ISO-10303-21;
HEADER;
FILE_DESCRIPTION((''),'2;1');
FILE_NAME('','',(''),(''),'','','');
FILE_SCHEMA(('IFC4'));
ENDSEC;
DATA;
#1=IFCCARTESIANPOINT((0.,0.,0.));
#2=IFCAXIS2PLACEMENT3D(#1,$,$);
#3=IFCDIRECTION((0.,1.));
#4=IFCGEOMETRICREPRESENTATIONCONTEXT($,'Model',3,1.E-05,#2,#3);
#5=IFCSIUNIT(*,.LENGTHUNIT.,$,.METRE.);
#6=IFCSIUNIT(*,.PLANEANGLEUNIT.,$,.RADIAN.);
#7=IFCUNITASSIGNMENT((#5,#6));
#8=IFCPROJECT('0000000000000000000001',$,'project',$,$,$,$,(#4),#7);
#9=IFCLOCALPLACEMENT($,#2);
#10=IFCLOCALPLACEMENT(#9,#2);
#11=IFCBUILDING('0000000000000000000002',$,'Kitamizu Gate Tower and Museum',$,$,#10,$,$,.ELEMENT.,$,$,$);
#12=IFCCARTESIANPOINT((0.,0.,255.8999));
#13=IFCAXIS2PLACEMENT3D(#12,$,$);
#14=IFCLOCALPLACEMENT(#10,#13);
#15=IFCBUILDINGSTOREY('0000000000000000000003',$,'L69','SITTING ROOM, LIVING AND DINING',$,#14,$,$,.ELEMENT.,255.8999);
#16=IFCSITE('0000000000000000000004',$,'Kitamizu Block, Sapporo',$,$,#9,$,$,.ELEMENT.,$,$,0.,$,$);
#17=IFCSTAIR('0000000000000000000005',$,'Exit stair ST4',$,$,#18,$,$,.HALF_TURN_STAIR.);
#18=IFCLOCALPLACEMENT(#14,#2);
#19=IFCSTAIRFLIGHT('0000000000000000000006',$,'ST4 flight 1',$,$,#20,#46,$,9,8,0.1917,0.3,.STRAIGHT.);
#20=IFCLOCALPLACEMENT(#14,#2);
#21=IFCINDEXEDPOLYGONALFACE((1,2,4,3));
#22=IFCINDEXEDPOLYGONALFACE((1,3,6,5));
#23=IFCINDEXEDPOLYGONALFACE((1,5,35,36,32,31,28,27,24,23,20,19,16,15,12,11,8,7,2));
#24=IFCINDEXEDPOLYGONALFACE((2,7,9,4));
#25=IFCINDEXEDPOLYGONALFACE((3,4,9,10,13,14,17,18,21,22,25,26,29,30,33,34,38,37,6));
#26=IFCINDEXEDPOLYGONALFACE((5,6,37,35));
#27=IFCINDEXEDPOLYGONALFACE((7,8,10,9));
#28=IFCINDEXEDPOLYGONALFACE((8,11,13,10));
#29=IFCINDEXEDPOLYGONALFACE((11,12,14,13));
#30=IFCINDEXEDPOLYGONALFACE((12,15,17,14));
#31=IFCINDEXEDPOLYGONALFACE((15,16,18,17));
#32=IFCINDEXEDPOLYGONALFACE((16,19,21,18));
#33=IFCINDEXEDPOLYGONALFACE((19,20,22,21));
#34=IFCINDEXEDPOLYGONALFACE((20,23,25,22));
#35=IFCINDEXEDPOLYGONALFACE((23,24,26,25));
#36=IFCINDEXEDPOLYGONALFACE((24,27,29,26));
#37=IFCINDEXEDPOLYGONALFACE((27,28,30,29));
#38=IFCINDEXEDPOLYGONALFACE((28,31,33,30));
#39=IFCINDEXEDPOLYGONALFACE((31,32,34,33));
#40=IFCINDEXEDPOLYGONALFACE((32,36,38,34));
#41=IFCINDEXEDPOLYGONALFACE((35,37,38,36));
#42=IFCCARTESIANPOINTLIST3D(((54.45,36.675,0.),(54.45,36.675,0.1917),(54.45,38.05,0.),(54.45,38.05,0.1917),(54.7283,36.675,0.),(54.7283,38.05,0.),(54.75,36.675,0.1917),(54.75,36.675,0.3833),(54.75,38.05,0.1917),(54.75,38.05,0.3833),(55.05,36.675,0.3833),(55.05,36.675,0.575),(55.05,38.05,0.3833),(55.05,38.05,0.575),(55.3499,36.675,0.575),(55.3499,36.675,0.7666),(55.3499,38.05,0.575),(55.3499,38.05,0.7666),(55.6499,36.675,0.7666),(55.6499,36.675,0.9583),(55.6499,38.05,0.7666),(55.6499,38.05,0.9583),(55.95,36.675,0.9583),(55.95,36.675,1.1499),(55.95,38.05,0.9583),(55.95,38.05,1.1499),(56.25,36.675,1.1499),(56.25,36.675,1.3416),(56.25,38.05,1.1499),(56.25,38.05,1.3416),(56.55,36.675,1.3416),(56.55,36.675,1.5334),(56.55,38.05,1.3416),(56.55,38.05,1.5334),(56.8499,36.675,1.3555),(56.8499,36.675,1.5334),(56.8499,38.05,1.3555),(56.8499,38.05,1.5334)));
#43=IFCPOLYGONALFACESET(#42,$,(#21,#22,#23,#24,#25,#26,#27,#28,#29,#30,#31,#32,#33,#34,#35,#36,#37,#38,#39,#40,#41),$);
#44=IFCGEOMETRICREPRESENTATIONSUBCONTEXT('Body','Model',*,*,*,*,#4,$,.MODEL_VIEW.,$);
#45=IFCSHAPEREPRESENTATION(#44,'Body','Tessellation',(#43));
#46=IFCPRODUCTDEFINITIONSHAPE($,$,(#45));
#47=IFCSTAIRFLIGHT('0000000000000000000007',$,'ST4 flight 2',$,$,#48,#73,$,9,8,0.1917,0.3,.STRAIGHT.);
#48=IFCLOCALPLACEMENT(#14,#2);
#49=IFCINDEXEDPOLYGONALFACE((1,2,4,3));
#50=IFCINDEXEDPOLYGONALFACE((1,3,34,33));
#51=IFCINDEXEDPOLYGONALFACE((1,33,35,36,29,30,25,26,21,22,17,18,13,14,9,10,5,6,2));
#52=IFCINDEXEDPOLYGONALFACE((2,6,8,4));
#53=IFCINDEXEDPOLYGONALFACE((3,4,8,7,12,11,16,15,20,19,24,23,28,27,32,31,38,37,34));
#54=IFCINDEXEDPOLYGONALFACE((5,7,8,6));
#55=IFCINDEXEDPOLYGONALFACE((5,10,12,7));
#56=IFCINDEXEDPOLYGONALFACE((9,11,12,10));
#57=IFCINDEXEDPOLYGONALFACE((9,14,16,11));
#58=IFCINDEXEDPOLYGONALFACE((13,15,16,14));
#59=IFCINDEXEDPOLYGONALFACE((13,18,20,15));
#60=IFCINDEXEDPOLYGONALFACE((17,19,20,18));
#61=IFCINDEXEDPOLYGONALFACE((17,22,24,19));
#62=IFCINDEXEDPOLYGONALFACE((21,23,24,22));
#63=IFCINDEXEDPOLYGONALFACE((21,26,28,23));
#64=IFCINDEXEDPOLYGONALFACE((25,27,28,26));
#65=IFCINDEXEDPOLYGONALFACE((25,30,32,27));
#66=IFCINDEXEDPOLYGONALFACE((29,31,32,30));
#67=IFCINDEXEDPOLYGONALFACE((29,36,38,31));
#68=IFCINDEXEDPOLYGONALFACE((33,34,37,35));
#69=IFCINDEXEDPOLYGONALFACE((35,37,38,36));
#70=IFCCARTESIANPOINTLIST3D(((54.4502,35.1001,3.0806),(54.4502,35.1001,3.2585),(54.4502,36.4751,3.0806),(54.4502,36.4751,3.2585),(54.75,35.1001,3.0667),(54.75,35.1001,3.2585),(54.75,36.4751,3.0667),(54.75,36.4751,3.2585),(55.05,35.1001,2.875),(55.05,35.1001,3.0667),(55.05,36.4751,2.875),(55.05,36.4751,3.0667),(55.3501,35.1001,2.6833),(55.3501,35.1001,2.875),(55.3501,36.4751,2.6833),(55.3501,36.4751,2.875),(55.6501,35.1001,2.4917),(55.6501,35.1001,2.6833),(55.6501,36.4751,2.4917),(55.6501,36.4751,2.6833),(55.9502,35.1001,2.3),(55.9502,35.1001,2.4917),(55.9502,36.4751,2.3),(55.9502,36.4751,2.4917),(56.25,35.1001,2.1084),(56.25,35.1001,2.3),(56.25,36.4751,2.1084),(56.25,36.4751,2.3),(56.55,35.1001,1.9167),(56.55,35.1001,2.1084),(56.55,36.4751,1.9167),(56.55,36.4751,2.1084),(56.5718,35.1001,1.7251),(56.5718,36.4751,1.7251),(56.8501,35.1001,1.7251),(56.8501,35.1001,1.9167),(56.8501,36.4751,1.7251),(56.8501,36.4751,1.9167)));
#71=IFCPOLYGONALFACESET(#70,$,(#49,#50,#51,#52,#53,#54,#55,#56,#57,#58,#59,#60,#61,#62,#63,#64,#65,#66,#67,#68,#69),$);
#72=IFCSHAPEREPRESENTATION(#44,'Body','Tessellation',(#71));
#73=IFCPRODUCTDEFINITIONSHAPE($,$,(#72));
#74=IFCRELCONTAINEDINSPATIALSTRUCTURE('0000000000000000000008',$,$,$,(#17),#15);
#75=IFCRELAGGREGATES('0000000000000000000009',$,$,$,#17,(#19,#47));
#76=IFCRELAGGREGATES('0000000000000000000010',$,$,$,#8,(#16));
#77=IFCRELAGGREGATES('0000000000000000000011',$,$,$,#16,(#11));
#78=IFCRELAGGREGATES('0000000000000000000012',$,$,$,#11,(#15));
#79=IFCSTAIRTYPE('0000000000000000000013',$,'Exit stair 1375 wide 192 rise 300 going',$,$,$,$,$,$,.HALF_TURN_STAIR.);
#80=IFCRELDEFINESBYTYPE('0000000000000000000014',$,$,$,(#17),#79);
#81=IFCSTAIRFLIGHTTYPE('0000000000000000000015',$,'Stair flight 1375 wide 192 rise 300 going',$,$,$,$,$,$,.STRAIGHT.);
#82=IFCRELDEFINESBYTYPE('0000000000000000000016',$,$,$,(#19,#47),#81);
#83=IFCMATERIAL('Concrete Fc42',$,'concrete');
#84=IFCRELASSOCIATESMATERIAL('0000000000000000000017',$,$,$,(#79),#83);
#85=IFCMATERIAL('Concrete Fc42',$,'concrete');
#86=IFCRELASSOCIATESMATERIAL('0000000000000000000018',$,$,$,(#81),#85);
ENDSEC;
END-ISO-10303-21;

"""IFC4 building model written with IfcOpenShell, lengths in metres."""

from ifc_helpers import new_model, si_unit, direction, frame, origin, place, context, subcontext, project, spatial, polyline, outline, extrude, material, type_object, element, aggregate, save


model = new_model("IFC4")

# Units and contexts
model_context = context("Model", 3, precision=1e-05, world=origin(), true_north=direction((0.0, 1.0)))
body_context = subcontext(model_context, "Body", "Model", "MODEL_VIEW")
ifc_project = project(units=[si_unit("LENGTHUNIT", "METRE"), si_unit("PLANEANGLEUNIT", "RADIAN")], contexts=[model_context])

# Site, building, storey
site_placement = place(None, origin())
site = spatial("IfcSite", under=ifc_project, at=site_placement, Name="Kitamizu Block, Sapporo", CompositionType="ELEMENT", RefElevation=0.0)
building_placement = place(site_placement, origin())
building = spatial("IfcBuilding", under=site, at=building_placement, Name="Kitamizu Gate Tower and Museum", CompositionType="ELEMENT")
storey_placement = place(building_placement, frame((0.0, 0.0, 255.8999)))
storey = spatial("IfcBuildingStorey", under=building, at=storey_placement, Name="L69", Description="SITTING ROOM, LIVING AND DINING", CompositionType="ELEMENT", Elevation=255.8999)

# Stair, stair flights
ifc_material_1 = material(Name="Concrete Fc42", Category="concrete")
stair_type = type_object("IfcStairType", Name="Exit stair 1375 wide 192 rise 300 going", PredefinedType="HALF_TURN_STAIR", material=ifc_material_1)
stair_placement = place(storey_placement, origin())
stair = element("IfcStair", 1, at=stair_placement, inside=storey, type_object=stair_type, Name="Exit stair ST4", PredefinedType="HALF_TURN_STAIR")
ifc_material_2 = material(Name="Concrete Fc42", Category="concrete")
stair_flight_type = type_object("IfcStairFlightType", Name="Stair flight 1375 wide 192 rise 300 going", PredefinedType="STRAIGHT", material=ifc_material_2)
stair_flight_1_placement = place(storey_placement, frame((54.45, 37.3625, 0.0), z_axis=(0.0, 0.0, 1.0), x_axis=(1.0, 0.0, 0.0)))
stair_flight_1 = element("IfcStairFlight", 2, at=stair_flight_1_placement, type_object=stair_flight_type, Name="ST4 flight 1", NumberOfRisers=9, NumberOfTreads=8, PredefinedType="STRAIGHT", RiserHeight=0.1917, TreadLength=0.3, context=body_context, shape_type="SweptSolid", body=[
    extrude(outline(polyline([(0.0, 0.0), (0.0, 0.1917), (0.3, 0.1917), (0.3, 0.3833), (0.6001, 0.3833), (0.6001, 0.575), (0.8999, 0.575), (0.8999, 0.7666), (1.2, 0.7666), (1.2, 0.9583), (1.5, 0.9583), (1.5, 1.1499), (1.8, 1.1499), (1.8, 1.3416), (2.1001, 1.3416), (2.1001, 1.5334), (2.3999, 1.5334), (2.3999, 1.7251), (2.3999, 1.3555), (0.2783, 0.0), (0.0, 0.0)])), frame((0.0, 0.6875, 0.0), z_axis=(0.0, -1.0, 0.0), x_axis=(1.0, 0.0, 0.0)), (0.0, 0.0, 1.0), 1.375),
])
stair_flight_2_placement = place(storey_placement, frame((56.8501, 35.7876, 1.7251), z_axis=(0.0, 0.0, 1.0), x_axis=(-1.0, 0.0, 0.0)))
stair_flight_2 = element("IfcStairFlight", 3, at=stair_flight_2_placement, type_object=stair_flight_type, Name="ST4 flight 2", NumberOfRisers=9, NumberOfTreads=8, PredefinedType="STRAIGHT", RiserHeight=0.1917, TreadLength=0.3, context=body_context, shape_type="SweptSolid", body=[
    extrude(outline(polyline([(0.0, 0.0), (0.0, 0.1917), (0.3, 0.1917), (0.3, 0.3833), (0.6001, 0.3833), (0.6001, 0.575), (0.8999, 0.575), (0.8999, 0.7666), (1.2, 0.7666), (1.2, 0.9583), (1.5, 0.9583), (1.5, 1.1499), (1.8, 1.1499), (1.8, 1.3416), (2.1001, 1.3416), (2.1001, 1.5334), (2.3999, 1.5334), (2.3999, 1.7251), (2.3999, 1.3555), (0.2783, 0.0), (0.0, 0.0)])), frame((0.0, 0.6875, 0.0), z_axis=(0.0, -1.0, 0.0), x_axis=(1.0, 0.0, 0.0)), (0.0, 0.0, 1.0), 1.375),
])
aggregate(stair, [stair_flight_1, stair_flight_2])

save(model, "model.ifc")
